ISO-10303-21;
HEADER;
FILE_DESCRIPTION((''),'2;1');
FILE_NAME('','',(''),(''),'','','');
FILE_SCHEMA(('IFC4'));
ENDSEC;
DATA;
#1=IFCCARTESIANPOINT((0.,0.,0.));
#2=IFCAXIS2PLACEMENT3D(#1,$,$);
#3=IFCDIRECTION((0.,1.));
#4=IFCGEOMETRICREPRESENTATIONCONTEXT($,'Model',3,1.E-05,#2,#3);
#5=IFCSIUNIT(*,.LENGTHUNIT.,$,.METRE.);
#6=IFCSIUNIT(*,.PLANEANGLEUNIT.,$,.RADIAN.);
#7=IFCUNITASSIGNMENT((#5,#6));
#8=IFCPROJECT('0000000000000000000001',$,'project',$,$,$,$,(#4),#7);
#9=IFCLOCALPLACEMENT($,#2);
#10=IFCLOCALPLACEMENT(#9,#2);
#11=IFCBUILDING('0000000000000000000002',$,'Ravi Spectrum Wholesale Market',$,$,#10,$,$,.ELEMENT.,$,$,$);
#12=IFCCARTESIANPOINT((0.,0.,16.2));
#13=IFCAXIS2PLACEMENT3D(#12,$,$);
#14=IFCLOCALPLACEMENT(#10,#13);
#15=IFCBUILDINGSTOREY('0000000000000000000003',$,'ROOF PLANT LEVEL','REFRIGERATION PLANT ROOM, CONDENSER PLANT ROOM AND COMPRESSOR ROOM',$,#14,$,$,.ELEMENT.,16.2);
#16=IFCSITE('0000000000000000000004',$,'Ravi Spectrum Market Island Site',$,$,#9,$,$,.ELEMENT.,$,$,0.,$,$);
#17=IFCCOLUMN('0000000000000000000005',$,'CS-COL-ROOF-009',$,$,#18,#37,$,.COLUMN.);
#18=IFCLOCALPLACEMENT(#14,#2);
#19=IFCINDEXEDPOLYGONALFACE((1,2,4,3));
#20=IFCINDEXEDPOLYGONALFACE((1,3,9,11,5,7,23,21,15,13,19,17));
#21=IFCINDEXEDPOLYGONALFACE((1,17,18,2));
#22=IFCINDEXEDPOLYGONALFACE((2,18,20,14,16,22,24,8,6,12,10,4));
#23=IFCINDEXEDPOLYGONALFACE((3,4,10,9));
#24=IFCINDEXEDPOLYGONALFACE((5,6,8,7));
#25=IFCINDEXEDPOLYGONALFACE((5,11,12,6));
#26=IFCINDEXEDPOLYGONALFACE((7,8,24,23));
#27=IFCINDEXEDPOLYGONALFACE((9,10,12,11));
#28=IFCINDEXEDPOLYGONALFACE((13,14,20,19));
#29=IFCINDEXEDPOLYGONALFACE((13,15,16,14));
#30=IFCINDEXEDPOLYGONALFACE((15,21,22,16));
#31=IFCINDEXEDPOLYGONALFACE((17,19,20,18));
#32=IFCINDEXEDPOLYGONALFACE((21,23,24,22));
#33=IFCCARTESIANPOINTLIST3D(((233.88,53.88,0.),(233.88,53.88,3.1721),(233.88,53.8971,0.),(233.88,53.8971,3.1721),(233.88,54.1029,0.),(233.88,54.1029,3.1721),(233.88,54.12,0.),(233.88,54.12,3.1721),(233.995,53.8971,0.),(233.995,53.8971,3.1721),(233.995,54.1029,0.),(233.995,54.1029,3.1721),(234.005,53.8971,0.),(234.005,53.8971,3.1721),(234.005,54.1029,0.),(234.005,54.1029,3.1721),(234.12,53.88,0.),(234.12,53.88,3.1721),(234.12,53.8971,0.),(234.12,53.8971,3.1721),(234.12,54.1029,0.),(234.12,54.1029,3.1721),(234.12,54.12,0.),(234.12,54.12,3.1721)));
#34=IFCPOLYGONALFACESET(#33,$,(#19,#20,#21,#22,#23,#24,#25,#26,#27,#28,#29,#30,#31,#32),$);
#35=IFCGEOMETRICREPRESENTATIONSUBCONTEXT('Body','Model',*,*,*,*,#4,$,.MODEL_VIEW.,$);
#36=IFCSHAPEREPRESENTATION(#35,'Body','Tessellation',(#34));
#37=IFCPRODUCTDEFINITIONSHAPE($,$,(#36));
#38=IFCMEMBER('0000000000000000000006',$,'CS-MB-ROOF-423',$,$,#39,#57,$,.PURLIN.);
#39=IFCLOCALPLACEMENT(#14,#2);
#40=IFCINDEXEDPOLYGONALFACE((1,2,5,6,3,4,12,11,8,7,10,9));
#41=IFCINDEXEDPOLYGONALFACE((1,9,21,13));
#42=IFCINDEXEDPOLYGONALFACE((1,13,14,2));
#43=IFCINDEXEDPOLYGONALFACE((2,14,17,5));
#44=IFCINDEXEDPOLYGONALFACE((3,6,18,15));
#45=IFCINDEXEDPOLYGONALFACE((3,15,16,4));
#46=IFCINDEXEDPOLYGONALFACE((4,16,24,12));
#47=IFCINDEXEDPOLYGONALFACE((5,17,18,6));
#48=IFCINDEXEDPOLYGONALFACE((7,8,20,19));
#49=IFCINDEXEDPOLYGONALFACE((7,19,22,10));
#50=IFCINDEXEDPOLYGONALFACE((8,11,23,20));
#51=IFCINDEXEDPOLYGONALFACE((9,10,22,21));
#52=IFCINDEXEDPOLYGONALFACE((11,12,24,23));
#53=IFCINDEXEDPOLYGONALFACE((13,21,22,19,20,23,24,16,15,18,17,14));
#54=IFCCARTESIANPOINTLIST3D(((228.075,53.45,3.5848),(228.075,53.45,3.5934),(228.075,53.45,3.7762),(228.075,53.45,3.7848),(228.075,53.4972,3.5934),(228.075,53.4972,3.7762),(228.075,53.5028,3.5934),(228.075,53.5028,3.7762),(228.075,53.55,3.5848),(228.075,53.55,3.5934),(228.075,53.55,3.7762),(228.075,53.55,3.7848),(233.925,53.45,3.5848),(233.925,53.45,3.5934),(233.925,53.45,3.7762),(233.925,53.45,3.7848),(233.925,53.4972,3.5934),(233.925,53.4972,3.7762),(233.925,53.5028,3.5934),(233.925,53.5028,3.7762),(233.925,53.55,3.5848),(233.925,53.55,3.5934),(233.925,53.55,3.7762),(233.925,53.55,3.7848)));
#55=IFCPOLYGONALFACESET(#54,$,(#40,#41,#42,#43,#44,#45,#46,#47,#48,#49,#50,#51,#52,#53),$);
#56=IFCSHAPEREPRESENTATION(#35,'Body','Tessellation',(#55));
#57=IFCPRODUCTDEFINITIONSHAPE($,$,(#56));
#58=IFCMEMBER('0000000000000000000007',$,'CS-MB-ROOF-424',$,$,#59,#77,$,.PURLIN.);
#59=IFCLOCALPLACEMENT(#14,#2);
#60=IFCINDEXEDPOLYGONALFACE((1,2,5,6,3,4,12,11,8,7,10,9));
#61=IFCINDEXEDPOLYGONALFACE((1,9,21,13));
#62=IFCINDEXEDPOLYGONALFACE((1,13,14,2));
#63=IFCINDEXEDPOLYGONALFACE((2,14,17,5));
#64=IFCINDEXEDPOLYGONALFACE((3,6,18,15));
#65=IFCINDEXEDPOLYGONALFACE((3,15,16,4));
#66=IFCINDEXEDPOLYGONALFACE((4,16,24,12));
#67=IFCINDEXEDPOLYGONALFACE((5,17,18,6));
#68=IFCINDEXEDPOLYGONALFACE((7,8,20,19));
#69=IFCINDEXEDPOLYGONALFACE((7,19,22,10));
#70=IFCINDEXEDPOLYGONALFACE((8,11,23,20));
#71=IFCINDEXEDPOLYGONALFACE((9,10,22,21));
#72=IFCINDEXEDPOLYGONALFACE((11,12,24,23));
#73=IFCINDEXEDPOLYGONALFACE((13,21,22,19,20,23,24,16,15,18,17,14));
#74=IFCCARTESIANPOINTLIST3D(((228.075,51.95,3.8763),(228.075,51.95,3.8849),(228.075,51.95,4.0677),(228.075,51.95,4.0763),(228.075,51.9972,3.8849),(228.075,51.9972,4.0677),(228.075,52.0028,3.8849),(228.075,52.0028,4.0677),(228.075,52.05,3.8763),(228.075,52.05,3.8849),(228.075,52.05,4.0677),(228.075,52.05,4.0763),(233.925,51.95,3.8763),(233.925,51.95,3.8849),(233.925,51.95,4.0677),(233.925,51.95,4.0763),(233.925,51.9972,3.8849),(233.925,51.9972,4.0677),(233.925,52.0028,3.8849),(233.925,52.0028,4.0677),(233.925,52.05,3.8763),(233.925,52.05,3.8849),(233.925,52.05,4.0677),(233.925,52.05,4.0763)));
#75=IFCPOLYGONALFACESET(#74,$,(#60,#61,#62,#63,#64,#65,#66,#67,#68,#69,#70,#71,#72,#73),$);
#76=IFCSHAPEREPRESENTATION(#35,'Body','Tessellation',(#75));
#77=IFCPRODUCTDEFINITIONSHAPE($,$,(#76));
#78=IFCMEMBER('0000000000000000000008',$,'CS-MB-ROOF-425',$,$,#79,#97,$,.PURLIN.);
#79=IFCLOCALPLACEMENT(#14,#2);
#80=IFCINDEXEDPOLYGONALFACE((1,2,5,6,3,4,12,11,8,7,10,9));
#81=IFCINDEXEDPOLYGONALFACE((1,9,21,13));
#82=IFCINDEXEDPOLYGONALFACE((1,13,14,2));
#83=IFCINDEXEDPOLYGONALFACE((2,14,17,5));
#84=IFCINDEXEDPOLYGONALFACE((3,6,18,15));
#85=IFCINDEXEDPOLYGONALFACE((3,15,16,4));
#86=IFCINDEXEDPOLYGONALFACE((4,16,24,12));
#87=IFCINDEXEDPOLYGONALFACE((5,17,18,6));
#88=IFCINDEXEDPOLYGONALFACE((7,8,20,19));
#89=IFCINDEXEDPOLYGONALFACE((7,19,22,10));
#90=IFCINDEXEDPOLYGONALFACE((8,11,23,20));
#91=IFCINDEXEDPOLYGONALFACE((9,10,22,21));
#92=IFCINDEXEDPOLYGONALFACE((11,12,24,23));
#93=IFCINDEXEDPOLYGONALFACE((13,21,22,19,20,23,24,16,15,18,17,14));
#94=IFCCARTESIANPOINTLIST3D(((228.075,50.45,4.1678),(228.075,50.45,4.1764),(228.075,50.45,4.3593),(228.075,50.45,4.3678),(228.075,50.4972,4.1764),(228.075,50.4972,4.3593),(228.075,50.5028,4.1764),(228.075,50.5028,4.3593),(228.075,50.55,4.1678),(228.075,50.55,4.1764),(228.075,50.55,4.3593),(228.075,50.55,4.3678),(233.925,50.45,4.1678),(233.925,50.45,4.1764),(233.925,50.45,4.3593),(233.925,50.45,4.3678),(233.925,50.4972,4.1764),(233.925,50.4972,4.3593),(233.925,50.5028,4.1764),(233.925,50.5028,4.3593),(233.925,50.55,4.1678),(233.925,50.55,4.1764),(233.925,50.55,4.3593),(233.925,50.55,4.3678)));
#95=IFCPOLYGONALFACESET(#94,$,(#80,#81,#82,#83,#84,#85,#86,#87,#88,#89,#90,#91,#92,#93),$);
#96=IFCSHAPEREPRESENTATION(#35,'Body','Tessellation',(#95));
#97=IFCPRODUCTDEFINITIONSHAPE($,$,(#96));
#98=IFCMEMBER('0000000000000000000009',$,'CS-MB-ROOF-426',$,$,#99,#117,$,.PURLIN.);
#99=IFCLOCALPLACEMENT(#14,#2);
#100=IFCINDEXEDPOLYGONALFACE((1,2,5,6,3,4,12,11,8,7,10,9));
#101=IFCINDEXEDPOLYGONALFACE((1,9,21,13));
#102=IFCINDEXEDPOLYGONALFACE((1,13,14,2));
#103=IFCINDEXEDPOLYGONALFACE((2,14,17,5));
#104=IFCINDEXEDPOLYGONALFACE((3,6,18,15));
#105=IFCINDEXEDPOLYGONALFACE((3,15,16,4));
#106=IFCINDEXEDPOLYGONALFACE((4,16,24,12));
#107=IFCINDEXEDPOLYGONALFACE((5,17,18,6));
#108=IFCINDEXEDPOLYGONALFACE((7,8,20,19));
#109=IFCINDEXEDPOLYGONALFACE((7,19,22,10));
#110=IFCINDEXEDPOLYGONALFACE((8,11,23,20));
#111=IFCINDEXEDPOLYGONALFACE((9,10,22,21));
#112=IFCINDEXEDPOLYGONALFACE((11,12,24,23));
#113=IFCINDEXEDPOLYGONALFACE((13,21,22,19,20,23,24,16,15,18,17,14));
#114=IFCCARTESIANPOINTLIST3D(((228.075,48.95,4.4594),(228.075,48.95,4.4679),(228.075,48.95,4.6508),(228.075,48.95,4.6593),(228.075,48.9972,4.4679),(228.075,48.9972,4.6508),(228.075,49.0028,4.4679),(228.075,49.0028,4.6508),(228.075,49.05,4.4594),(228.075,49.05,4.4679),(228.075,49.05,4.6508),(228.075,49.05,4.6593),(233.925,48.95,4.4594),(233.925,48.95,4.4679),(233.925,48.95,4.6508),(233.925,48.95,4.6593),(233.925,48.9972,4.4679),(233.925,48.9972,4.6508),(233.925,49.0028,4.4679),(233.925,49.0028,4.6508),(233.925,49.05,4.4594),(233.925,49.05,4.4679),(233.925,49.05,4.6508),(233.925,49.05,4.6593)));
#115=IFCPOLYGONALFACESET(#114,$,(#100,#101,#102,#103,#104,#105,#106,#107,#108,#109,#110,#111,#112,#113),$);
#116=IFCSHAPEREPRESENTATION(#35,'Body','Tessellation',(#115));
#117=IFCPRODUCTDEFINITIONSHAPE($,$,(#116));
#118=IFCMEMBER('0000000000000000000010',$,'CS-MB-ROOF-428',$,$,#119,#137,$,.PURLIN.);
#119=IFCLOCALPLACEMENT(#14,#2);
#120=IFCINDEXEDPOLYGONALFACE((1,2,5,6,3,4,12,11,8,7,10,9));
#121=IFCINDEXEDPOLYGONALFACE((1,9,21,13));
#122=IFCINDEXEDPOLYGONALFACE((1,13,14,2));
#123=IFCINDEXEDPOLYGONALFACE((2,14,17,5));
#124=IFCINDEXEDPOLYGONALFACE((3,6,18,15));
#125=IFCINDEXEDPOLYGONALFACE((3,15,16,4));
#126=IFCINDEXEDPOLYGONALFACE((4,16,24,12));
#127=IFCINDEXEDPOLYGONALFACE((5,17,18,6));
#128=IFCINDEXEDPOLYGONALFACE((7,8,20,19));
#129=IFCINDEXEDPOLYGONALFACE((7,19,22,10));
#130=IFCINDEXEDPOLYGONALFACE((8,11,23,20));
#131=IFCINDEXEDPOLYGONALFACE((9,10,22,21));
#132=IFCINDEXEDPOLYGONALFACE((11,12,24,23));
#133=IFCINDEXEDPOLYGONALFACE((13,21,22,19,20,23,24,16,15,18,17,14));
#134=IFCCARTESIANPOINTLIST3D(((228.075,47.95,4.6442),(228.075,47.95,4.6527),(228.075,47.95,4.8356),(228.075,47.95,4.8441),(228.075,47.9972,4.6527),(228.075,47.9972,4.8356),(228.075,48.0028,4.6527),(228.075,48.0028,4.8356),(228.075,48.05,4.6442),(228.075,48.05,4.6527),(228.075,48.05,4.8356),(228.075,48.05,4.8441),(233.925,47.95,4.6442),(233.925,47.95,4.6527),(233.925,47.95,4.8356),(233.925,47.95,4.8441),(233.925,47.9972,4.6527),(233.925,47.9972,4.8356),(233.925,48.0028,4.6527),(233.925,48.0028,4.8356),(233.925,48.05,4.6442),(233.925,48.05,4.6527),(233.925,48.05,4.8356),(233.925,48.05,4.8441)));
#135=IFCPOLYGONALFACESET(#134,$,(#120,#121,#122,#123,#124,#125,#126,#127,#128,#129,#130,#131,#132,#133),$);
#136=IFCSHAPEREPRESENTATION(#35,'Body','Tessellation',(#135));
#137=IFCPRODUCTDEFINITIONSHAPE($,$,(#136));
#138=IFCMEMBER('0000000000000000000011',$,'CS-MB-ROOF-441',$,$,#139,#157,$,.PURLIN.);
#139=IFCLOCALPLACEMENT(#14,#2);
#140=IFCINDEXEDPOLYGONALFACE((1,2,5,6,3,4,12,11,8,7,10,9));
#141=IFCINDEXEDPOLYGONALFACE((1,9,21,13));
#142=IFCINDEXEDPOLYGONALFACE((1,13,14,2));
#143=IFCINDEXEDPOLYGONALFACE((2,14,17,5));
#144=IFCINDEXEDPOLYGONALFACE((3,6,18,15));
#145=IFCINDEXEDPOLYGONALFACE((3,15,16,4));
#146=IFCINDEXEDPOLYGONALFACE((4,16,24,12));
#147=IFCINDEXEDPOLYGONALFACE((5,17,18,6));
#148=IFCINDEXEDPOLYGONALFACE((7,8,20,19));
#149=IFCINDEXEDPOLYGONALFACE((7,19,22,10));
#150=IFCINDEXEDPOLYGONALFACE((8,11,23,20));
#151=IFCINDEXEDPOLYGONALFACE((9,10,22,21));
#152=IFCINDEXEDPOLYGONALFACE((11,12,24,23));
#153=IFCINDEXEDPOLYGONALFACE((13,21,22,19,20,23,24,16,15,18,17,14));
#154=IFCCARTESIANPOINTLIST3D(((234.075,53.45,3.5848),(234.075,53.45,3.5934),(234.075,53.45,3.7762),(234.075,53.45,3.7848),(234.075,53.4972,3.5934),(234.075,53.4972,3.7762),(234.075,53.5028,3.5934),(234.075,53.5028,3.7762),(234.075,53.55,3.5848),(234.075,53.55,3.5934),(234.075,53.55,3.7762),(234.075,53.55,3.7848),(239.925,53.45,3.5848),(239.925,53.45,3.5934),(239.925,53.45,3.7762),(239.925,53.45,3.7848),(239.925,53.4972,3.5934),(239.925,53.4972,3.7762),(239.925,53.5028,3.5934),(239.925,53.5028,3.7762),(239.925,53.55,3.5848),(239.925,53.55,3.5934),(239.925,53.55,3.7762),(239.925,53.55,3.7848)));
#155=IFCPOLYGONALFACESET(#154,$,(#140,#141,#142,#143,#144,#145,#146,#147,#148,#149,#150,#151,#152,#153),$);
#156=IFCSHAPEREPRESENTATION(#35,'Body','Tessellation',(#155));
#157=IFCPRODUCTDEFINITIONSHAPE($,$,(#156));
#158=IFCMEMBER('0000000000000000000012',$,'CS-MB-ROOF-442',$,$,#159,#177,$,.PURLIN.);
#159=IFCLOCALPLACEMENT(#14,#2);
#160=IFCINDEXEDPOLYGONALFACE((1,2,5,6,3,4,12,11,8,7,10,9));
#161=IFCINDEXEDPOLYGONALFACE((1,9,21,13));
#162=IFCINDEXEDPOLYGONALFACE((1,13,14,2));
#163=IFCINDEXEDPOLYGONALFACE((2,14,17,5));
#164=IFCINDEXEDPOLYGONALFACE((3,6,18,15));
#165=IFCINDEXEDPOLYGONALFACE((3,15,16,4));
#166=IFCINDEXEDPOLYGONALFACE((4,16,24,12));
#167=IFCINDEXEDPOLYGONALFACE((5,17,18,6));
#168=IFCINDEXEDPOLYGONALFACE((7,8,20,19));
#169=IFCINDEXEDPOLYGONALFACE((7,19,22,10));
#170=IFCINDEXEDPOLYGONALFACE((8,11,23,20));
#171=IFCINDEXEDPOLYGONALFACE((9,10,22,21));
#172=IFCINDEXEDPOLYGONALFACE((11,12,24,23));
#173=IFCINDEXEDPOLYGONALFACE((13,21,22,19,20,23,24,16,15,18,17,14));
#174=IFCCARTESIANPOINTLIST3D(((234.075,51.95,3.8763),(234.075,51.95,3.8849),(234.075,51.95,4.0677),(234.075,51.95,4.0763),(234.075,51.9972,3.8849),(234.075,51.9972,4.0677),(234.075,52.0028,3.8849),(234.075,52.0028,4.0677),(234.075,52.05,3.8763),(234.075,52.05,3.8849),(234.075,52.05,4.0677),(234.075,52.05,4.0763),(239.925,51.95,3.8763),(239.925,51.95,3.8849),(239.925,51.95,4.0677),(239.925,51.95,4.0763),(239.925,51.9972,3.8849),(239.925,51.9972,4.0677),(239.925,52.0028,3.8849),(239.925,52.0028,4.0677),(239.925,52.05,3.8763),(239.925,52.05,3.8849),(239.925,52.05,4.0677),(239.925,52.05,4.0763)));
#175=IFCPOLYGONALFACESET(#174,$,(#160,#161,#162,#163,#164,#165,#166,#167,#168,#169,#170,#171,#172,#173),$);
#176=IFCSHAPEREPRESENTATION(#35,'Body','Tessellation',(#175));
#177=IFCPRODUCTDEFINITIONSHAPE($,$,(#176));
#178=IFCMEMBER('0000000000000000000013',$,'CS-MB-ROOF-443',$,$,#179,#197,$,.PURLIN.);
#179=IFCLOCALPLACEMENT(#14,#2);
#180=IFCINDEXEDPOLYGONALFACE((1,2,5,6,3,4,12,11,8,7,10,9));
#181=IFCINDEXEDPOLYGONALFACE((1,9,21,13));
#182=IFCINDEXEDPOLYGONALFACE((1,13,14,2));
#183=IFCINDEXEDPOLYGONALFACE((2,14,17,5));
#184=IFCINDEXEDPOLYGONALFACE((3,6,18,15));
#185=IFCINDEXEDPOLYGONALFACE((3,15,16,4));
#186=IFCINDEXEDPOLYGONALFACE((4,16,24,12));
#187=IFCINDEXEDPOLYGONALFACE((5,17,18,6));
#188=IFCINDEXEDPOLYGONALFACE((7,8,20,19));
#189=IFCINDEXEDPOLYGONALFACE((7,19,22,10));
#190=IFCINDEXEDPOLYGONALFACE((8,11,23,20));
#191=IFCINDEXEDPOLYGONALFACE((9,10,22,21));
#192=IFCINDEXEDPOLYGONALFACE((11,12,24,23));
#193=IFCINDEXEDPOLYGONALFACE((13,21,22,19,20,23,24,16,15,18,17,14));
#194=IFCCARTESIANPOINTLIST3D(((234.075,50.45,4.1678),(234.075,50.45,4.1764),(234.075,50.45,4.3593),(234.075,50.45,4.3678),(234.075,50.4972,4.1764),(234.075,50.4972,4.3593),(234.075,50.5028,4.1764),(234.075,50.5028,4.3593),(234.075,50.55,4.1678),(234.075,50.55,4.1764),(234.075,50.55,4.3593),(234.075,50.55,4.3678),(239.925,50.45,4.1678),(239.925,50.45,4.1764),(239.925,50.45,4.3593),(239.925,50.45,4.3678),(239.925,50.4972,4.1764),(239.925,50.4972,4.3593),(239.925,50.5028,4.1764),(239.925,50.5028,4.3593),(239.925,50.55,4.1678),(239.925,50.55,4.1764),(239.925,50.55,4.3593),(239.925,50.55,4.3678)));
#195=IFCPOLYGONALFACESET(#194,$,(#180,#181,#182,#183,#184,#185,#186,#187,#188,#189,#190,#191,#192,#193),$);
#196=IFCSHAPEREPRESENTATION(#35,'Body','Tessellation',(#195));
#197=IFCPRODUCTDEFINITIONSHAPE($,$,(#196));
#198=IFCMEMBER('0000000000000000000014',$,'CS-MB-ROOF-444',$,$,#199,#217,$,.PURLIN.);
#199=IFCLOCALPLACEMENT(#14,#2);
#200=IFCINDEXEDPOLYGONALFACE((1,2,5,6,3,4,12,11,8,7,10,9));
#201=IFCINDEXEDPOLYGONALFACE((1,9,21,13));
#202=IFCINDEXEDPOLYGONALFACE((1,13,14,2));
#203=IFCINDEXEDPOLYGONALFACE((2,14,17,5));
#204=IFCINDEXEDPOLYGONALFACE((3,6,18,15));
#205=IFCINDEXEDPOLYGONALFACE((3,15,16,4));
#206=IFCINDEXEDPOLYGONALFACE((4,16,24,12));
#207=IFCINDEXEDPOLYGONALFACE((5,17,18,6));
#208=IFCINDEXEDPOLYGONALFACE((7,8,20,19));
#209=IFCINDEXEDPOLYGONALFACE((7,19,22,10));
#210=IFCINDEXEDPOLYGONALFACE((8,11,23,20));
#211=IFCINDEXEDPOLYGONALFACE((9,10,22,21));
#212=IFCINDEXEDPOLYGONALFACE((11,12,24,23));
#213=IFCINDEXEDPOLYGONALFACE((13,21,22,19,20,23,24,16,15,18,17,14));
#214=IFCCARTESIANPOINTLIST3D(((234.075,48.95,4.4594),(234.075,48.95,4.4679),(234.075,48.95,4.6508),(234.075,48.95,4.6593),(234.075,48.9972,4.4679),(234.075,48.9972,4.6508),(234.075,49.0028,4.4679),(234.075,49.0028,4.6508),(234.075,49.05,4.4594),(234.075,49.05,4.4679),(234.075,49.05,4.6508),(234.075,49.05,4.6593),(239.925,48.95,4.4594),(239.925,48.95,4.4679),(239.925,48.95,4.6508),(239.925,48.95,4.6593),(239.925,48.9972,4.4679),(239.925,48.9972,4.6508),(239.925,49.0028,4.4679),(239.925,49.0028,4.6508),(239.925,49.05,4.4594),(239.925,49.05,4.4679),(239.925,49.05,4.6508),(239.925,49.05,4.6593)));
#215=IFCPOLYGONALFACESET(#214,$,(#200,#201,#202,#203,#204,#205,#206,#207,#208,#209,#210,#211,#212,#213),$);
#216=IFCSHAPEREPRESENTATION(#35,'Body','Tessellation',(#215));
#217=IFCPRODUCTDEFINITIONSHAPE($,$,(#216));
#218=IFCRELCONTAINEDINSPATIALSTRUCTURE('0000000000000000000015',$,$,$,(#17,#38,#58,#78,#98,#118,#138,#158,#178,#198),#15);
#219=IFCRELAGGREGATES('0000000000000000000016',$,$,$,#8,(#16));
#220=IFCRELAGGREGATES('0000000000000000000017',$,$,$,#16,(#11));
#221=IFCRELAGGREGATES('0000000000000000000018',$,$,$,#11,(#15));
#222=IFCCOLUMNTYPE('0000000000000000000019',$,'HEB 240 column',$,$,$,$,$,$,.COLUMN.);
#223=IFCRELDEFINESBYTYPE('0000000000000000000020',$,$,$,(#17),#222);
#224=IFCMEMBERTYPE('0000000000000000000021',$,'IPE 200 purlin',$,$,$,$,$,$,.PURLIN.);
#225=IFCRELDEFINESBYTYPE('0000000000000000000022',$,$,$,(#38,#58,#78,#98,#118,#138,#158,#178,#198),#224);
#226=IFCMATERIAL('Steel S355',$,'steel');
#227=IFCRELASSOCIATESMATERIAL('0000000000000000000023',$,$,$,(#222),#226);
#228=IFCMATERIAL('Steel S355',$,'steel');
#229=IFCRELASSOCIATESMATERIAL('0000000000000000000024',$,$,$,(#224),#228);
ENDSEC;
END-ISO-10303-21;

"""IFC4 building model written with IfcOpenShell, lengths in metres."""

from ifc_helpers import new_model, si_unit, direction, frame, origin, origin_2d, place, context, subcontext, project, spatial, i_section, extrude, material, material_profile, profile_set, type_object, element, save


model = new_model("IFC4")

# Units and contexts
model_context = context("Model", 3, precision=1e-05, world=origin(), true_north=direction((0.0, 1.0)))
body_context = subcontext(model_context, "Body", "Model", "MODEL_VIEW")
ifc_project = project(units=[si_unit("LENGTHUNIT", "METRE"), si_unit("PLANEANGLEUNIT", "RADIAN")], contexts=[model_context])

# Site, building, storey
site_placement = place(None, origin())
site = spatial("IfcSite", under=ifc_project, at=site_placement, Name="Ravi Spectrum Market Island Site", CompositionType="ELEMENT", RefElevation=0.0)
building_placement = place(site_placement, origin())
building = spatial("IfcBuilding", under=site, at=building_placement, Name="Ravi Spectrum Wholesale Market", CompositionType="ELEMENT")
storey_placement = place(building_placement, frame((0.0, 0.0, 16.2)))
storey = spatial("IfcBuildingStorey", under=building, at=storey_placement, Name="ROOF PLANT LEVEL", Description="REFRIGERATION PLANT ROOM, CONDENSER PLANT ROOM AND COMPRESSOR ROOM", CompositionType="ELEMENT", Elevation=16.2)

# Column
ifc_material_1 = material(Name="Steel S355", Category="steel")
ifc_material_profile_1 = material_profile(ifc_material_1, i_section(OverallWidth=0.24, OverallDepth=0.24, WebThickness=0.01, FlangeThickness=0.0171, at=origin_2d()))
ifc_profile_set_1 = profile_set([ifc_material_profile_1], Name="Steel S355")
column_type = type_object("IfcColumnType", Name="HEB 240 column", PredefinedType="COLUMN", material=ifc_profile_set_1)
column_placement = place(storey_placement, frame((234.0, 54.0, 0.0), z_axis=(0.0, 0.0, 1.0), x_axis=(1.0, 0.0, 0.0)))
element("IfcColumn", 1, at=column_placement, inside=storey, type_object=column_type, Name="CS-COL-ROOF-009", PredefinedType="COLUMN", context=body_context, shape_type="SweptSolid", body=[
    extrude(i_section(OverallWidth=0.24, OverallDepth=0.24, WebThickness=0.01, FlangeThickness=0.0171, at=origin_2d()), origin(), (0.0, 0.0, 1.0), 3.1721),
])

# Members
ifc_material_2 = material(Name="Steel S355", Category="steel")
ifc_material_profile_2 = material_profile(ifc_material_2, i_section(OverallWidth=0.1001, OverallDepth=0.2, WebThickness=0.0056, FlangeThickness=0.0085, at=origin_2d()))
ifc_profile_set_2 = profile_set([ifc_material_profile_2], Name="Steel S355")
member_type = type_object("IfcMemberType", Name="IPE 200 purlin", PredefinedType="PURLIN", material=ifc_profile_set_2)
for number, where, z_axis, x_axis, name in (
    (2, (228.075, 53.5, 3.6848), (1.0, 0.0, 0.0), (0.0, 1.0, 0.0), "CS-MB-ROOF-423"),
    (3, (228.075, 52.0, 3.9763), (1.0, 0.0, 0.0), (0.0, 1.0, 0.0), "CS-MB-ROOF-424"),
    (4, (228.075, 50.5, 4.2678), (1.0, 0.0, 0.0), (0.0, 1.0, 0.0), "CS-MB-ROOF-425"),
    (5, (228.075, 49.0, 4.5593), (1.0, 0.0, 0.0), (0.0, 1.0, 0.0), "CS-MB-ROOF-426"),
    (6, (228.075, 48.0, 4.7441), (1.0, 0.0, 0.0), (0.0, 1.0, 0.0), "CS-MB-ROOF-428"),
    (7, (234.075, 53.5, 3.6848), (1.0, 0.0, 0.0), (0.0, 1.0, 0.0), "CS-MB-ROOF-441"),
    (8, (234.075, 52.0, 3.9763), (1.0, 0.0, 0.0), (0.0, 1.0, 0.0), "CS-MB-ROOF-442"),
    (9, (234.075, 50.5, 4.2678), (1.0, 0.0, 0.0), (0.0, 1.0, 0.0), "CS-MB-ROOF-443"),
    (10, (234.075, 49.0, 4.5593), (1.0, 0.0, 0.0), (0.0, 1.0, 0.0), "CS-MB-ROOF-444"),
):
    element("IfcMember", number, at=place(storey_placement, frame(where, z_axis=z_axis, x_axis=x_axis)), inside=storey, type_object=member_type, Name=name, PredefinedType="PURLIN", context=body_context, shape_type="SweptSolid", body=[
        extrude(i_section(OverallWidth=0.1001, OverallDepth=0.2, WebThickness=0.0056, FlangeThickness=0.0085, at=origin_2d()), origin(), (0.0, 0.0, 1.0), 5.8501),
    ])

save(model, "model.ifc")
